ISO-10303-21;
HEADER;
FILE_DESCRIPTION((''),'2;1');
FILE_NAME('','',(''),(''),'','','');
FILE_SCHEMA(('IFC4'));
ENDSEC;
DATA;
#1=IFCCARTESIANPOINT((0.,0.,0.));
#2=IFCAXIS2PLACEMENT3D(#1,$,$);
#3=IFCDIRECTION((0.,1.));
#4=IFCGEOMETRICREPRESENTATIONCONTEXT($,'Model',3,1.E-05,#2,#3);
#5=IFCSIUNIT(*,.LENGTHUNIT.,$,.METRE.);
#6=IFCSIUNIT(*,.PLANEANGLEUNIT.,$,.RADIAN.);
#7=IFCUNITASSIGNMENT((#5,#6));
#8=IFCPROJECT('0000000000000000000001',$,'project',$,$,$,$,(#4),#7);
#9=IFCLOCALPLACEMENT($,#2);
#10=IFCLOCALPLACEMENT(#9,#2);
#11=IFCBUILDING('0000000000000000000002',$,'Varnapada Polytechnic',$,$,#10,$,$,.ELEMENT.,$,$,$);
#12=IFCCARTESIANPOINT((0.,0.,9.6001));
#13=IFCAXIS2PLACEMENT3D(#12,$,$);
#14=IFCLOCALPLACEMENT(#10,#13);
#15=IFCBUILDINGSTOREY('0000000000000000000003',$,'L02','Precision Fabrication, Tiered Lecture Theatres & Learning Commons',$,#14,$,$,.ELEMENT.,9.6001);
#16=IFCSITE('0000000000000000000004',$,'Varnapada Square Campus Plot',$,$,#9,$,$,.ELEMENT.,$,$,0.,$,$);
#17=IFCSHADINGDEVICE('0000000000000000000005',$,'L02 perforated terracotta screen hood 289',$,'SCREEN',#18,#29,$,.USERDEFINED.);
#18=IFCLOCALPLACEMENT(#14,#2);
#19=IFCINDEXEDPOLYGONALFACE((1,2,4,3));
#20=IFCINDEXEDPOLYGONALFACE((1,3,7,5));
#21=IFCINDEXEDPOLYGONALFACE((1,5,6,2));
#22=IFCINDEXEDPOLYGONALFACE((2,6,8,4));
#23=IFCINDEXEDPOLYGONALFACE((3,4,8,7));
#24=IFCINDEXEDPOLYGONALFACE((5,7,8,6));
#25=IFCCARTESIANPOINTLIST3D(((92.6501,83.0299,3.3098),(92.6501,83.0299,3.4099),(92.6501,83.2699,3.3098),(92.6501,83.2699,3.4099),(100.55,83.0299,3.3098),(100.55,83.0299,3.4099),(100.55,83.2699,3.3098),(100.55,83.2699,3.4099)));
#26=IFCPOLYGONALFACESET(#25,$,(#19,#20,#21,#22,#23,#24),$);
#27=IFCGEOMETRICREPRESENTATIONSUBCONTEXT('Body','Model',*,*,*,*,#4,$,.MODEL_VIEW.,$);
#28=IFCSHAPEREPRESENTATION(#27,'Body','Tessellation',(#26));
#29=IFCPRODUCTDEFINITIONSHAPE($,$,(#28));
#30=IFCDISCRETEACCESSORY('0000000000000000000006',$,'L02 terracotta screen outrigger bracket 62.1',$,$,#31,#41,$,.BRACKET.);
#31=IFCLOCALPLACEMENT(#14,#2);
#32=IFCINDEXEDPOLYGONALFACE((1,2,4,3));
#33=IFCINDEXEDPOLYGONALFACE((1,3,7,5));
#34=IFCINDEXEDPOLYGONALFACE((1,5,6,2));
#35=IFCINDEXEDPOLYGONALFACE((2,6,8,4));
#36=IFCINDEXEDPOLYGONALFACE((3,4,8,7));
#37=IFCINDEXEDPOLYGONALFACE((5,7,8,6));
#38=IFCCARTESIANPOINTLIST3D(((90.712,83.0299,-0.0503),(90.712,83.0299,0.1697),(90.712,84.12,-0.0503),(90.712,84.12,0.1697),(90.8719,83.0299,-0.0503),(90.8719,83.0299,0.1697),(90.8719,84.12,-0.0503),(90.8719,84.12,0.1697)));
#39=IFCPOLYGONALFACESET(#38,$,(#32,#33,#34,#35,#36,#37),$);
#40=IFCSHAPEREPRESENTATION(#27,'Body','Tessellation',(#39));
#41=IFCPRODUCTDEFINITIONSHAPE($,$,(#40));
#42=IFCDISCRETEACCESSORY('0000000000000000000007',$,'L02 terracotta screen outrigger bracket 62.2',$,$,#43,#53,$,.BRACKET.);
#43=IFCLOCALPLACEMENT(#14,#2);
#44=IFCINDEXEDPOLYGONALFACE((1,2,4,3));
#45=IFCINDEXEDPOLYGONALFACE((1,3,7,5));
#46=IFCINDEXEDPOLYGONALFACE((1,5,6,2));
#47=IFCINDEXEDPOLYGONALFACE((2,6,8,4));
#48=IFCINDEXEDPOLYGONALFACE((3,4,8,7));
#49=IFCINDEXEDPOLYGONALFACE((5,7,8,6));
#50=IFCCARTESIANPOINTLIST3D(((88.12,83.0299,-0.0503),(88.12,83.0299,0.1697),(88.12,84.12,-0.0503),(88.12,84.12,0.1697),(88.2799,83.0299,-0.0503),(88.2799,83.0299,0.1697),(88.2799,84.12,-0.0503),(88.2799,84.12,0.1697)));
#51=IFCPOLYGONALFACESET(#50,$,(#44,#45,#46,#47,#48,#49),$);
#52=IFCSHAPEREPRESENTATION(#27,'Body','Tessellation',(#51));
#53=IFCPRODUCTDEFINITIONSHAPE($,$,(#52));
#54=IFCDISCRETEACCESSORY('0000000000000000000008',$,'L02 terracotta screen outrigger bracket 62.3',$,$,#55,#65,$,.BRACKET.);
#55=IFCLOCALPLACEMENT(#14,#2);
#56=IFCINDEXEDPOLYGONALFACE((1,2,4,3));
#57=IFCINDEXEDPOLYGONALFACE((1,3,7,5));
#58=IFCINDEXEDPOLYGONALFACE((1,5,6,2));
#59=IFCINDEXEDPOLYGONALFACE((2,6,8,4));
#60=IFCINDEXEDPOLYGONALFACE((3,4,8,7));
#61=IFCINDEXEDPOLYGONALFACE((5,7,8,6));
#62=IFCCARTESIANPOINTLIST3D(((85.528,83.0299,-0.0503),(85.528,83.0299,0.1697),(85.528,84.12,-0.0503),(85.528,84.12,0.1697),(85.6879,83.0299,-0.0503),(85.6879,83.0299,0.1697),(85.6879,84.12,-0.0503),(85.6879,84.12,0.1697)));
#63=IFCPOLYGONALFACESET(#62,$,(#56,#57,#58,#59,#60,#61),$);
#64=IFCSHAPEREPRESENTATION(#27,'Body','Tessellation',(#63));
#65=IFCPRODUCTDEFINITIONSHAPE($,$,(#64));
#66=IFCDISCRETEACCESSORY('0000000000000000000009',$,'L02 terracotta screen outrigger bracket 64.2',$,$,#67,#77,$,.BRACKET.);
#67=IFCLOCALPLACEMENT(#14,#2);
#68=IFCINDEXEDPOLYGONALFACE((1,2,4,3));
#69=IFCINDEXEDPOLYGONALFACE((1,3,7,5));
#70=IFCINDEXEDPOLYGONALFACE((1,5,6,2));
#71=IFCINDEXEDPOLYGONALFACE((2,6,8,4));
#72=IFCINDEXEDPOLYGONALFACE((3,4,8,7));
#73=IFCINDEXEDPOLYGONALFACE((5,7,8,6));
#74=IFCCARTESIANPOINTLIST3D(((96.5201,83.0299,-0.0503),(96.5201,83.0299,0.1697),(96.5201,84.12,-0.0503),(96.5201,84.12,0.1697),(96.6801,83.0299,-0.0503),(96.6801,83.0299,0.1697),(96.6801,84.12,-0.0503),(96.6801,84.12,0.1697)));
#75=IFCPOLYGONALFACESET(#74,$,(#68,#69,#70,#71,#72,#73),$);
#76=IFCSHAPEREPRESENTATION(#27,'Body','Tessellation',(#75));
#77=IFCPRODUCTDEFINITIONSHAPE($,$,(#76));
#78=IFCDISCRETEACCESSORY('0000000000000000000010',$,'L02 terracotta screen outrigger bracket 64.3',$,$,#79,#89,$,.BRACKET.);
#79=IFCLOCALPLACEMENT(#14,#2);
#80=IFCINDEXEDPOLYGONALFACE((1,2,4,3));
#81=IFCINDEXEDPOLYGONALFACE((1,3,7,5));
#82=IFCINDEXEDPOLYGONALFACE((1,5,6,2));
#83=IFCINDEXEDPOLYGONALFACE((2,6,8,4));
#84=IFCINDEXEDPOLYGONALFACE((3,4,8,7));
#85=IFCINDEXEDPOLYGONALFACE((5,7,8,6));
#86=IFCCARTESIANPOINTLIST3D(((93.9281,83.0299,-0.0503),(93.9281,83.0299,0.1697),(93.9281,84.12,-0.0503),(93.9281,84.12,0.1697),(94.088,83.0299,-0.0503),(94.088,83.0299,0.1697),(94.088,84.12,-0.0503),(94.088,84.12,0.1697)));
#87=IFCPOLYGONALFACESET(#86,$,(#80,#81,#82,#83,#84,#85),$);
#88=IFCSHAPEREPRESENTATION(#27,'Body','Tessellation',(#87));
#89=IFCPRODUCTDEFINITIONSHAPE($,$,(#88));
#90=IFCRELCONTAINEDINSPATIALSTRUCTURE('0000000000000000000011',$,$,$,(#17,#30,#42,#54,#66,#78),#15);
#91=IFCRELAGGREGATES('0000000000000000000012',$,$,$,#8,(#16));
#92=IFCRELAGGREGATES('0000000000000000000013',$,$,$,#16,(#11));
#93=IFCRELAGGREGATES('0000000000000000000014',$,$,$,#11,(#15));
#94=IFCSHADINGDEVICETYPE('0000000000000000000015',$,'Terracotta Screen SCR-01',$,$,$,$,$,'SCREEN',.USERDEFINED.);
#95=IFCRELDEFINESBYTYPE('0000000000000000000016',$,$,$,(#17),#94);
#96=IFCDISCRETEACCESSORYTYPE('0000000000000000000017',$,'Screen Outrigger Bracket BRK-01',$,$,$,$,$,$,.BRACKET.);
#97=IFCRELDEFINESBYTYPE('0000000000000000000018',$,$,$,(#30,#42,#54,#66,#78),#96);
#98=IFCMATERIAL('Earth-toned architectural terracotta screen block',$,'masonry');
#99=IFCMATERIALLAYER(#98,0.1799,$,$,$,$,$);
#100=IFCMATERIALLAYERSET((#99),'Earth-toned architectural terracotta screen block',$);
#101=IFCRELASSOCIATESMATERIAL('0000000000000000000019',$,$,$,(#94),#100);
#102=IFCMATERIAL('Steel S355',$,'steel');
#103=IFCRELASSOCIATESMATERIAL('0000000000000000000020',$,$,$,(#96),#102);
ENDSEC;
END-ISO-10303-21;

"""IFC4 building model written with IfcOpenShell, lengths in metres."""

from ifc_helpers import new_model, si_unit, direction, frame, origin, origin_2d, place, context, subcontext, project, spatial, rectangle, extrude, material, layer, layer_set, type_object, element, save


model = new_model("IFC4")

# Units and contexts
model_context = context("Model", 3, precision=1e-05, world=origin(), true_north=direction((0.0, 1.0)))
body_context = subcontext(model_context, "Body", "Model", "MODEL_VIEW")
ifc_project = project(units=[si_unit("LENGTHUNIT", "METRE"), si_unit("PLANEANGLEUNIT", "RADIAN")], contexts=[model_context])

# Site, building, storey
site_placement = place(None, origin())
site = spatial("IfcSite", under=ifc_project, at=site_placement, Name="Varnapada Square Campus Plot", CompositionType="ELEMENT", RefElevation=0.0)
building_placement = place(site_placement, origin())
building = spatial("IfcBuilding", under=site, at=building_placement, Name="Varnapada Polytechnic", CompositionType="ELEMENT")
storey_placement = place(building_placement, frame((0.0, 0.0, 9.6001)))
storey = spatial("IfcBuildingStorey", under=building, at=storey_placement, Name="L02", Description="Precision Fabrication, Tiered Lecture Theatres & Learning Commons", CompositionType="ELEMENT", Elevation=9.6001)

# Shared definitions
ifc_material_1 = material(Name="Earth-toned architectural terracotta screen block", Category="masonry")

# Shading device
ifc_layer_1 = layer(ifc_material_1, 0.1799)
ifc_layer_set_1 = layer_set([ifc_layer_1], Name="Earth-toned architectural terracotta screen block")
shading_device_type_1 = type_object("IfcShadingDeviceType", Name="Terracotta Screen SCR-01", ElementType="SCREEN", PredefinedType="USERDEFINED", material=ifc_layer_set_1)
for number, where, z_axis, x_axis, name in (
    (1, (96.6001, 83.1499, 3.3098), (0.0, 0.0, 1.0), (-1.0, 0.0, 0.0), "L02 perforated terracotta screen hood 289"),
):
    element("IfcShadingDevice", number, at=place(storey_placement, frame(where, z_axis=z_axis, x_axis=x_axis)), inside=storey, type_object=shading_device_type_1, Name=name, ObjectType="SCREEN", PredefinedType="USERDEFINED", context=body_context, shape_type="SweptSolid", body=[
        extrude(rectangle(XDim=7.8999, YDim=0.24, at=origin_2d()), origin(), (0.0, 0.0, 1.0), 0.1001),
    ])

# Discrete accessories
ifc_material_2 = material(Name="Steel S355", Category="steel")
discrete_accessory_type = type_object("IfcDiscreteAccessoryType", Name="Screen Outrigger Bracket BRK-01", PredefinedType="BRACKET", material=ifc_material_2)
for number, where, z_axis, x_axis, name in (
    (2, (90.792, 83.575, -0.0503), (0.0, 0.0, 1.0), (-1.0, 0.0, 0.0), "L02 terracotta screen outrigger bracket 62.1"),
    (3, (88.2, 83.575, -0.0503), (0.0, 0.0, 1.0), (-1.0, 0.0, 0.0), "L02 terracotta screen outrigger bracket 62.2"),
    (4, (85.6079, 83.575, -0.0503), (0.0, 0.0, 1.0), (-1.0, 0.0, 0.0), "L02 terracotta screen outrigger bracket 62.3"),
    (5, (96.6001, 83.575, -0.0503), (0.0, 0.0, 1.0), (-1.0, 0.0, 0.0), "L02 terracotta screen outrigger bracket 64.2"),
    (6, (94.0081, 83.575, -0.0503), (0.0, 0.0, 1.0), (-1.0, 0.0, 0.0), "L02 terracotta screen outrigger bracket 64.3"),
):
    element("IfcDiscreteAccessory", number, at=place(storey_placement, frame(where, z_axis=z_axis, x_axis=x_axis)), inside=storey, type_object=discrete_accessory_type, Name=name, PredefinedType="BRACKET", context=body_context, shape_type="SweptSolid", body=[
        extrude(rectangle(XDim=0.1599, YDim=1.0901, at=origin_2d()), origin(), (0.0, 0.0, 1.0), 0.22),
    ])

save(model, "model.ifc")
